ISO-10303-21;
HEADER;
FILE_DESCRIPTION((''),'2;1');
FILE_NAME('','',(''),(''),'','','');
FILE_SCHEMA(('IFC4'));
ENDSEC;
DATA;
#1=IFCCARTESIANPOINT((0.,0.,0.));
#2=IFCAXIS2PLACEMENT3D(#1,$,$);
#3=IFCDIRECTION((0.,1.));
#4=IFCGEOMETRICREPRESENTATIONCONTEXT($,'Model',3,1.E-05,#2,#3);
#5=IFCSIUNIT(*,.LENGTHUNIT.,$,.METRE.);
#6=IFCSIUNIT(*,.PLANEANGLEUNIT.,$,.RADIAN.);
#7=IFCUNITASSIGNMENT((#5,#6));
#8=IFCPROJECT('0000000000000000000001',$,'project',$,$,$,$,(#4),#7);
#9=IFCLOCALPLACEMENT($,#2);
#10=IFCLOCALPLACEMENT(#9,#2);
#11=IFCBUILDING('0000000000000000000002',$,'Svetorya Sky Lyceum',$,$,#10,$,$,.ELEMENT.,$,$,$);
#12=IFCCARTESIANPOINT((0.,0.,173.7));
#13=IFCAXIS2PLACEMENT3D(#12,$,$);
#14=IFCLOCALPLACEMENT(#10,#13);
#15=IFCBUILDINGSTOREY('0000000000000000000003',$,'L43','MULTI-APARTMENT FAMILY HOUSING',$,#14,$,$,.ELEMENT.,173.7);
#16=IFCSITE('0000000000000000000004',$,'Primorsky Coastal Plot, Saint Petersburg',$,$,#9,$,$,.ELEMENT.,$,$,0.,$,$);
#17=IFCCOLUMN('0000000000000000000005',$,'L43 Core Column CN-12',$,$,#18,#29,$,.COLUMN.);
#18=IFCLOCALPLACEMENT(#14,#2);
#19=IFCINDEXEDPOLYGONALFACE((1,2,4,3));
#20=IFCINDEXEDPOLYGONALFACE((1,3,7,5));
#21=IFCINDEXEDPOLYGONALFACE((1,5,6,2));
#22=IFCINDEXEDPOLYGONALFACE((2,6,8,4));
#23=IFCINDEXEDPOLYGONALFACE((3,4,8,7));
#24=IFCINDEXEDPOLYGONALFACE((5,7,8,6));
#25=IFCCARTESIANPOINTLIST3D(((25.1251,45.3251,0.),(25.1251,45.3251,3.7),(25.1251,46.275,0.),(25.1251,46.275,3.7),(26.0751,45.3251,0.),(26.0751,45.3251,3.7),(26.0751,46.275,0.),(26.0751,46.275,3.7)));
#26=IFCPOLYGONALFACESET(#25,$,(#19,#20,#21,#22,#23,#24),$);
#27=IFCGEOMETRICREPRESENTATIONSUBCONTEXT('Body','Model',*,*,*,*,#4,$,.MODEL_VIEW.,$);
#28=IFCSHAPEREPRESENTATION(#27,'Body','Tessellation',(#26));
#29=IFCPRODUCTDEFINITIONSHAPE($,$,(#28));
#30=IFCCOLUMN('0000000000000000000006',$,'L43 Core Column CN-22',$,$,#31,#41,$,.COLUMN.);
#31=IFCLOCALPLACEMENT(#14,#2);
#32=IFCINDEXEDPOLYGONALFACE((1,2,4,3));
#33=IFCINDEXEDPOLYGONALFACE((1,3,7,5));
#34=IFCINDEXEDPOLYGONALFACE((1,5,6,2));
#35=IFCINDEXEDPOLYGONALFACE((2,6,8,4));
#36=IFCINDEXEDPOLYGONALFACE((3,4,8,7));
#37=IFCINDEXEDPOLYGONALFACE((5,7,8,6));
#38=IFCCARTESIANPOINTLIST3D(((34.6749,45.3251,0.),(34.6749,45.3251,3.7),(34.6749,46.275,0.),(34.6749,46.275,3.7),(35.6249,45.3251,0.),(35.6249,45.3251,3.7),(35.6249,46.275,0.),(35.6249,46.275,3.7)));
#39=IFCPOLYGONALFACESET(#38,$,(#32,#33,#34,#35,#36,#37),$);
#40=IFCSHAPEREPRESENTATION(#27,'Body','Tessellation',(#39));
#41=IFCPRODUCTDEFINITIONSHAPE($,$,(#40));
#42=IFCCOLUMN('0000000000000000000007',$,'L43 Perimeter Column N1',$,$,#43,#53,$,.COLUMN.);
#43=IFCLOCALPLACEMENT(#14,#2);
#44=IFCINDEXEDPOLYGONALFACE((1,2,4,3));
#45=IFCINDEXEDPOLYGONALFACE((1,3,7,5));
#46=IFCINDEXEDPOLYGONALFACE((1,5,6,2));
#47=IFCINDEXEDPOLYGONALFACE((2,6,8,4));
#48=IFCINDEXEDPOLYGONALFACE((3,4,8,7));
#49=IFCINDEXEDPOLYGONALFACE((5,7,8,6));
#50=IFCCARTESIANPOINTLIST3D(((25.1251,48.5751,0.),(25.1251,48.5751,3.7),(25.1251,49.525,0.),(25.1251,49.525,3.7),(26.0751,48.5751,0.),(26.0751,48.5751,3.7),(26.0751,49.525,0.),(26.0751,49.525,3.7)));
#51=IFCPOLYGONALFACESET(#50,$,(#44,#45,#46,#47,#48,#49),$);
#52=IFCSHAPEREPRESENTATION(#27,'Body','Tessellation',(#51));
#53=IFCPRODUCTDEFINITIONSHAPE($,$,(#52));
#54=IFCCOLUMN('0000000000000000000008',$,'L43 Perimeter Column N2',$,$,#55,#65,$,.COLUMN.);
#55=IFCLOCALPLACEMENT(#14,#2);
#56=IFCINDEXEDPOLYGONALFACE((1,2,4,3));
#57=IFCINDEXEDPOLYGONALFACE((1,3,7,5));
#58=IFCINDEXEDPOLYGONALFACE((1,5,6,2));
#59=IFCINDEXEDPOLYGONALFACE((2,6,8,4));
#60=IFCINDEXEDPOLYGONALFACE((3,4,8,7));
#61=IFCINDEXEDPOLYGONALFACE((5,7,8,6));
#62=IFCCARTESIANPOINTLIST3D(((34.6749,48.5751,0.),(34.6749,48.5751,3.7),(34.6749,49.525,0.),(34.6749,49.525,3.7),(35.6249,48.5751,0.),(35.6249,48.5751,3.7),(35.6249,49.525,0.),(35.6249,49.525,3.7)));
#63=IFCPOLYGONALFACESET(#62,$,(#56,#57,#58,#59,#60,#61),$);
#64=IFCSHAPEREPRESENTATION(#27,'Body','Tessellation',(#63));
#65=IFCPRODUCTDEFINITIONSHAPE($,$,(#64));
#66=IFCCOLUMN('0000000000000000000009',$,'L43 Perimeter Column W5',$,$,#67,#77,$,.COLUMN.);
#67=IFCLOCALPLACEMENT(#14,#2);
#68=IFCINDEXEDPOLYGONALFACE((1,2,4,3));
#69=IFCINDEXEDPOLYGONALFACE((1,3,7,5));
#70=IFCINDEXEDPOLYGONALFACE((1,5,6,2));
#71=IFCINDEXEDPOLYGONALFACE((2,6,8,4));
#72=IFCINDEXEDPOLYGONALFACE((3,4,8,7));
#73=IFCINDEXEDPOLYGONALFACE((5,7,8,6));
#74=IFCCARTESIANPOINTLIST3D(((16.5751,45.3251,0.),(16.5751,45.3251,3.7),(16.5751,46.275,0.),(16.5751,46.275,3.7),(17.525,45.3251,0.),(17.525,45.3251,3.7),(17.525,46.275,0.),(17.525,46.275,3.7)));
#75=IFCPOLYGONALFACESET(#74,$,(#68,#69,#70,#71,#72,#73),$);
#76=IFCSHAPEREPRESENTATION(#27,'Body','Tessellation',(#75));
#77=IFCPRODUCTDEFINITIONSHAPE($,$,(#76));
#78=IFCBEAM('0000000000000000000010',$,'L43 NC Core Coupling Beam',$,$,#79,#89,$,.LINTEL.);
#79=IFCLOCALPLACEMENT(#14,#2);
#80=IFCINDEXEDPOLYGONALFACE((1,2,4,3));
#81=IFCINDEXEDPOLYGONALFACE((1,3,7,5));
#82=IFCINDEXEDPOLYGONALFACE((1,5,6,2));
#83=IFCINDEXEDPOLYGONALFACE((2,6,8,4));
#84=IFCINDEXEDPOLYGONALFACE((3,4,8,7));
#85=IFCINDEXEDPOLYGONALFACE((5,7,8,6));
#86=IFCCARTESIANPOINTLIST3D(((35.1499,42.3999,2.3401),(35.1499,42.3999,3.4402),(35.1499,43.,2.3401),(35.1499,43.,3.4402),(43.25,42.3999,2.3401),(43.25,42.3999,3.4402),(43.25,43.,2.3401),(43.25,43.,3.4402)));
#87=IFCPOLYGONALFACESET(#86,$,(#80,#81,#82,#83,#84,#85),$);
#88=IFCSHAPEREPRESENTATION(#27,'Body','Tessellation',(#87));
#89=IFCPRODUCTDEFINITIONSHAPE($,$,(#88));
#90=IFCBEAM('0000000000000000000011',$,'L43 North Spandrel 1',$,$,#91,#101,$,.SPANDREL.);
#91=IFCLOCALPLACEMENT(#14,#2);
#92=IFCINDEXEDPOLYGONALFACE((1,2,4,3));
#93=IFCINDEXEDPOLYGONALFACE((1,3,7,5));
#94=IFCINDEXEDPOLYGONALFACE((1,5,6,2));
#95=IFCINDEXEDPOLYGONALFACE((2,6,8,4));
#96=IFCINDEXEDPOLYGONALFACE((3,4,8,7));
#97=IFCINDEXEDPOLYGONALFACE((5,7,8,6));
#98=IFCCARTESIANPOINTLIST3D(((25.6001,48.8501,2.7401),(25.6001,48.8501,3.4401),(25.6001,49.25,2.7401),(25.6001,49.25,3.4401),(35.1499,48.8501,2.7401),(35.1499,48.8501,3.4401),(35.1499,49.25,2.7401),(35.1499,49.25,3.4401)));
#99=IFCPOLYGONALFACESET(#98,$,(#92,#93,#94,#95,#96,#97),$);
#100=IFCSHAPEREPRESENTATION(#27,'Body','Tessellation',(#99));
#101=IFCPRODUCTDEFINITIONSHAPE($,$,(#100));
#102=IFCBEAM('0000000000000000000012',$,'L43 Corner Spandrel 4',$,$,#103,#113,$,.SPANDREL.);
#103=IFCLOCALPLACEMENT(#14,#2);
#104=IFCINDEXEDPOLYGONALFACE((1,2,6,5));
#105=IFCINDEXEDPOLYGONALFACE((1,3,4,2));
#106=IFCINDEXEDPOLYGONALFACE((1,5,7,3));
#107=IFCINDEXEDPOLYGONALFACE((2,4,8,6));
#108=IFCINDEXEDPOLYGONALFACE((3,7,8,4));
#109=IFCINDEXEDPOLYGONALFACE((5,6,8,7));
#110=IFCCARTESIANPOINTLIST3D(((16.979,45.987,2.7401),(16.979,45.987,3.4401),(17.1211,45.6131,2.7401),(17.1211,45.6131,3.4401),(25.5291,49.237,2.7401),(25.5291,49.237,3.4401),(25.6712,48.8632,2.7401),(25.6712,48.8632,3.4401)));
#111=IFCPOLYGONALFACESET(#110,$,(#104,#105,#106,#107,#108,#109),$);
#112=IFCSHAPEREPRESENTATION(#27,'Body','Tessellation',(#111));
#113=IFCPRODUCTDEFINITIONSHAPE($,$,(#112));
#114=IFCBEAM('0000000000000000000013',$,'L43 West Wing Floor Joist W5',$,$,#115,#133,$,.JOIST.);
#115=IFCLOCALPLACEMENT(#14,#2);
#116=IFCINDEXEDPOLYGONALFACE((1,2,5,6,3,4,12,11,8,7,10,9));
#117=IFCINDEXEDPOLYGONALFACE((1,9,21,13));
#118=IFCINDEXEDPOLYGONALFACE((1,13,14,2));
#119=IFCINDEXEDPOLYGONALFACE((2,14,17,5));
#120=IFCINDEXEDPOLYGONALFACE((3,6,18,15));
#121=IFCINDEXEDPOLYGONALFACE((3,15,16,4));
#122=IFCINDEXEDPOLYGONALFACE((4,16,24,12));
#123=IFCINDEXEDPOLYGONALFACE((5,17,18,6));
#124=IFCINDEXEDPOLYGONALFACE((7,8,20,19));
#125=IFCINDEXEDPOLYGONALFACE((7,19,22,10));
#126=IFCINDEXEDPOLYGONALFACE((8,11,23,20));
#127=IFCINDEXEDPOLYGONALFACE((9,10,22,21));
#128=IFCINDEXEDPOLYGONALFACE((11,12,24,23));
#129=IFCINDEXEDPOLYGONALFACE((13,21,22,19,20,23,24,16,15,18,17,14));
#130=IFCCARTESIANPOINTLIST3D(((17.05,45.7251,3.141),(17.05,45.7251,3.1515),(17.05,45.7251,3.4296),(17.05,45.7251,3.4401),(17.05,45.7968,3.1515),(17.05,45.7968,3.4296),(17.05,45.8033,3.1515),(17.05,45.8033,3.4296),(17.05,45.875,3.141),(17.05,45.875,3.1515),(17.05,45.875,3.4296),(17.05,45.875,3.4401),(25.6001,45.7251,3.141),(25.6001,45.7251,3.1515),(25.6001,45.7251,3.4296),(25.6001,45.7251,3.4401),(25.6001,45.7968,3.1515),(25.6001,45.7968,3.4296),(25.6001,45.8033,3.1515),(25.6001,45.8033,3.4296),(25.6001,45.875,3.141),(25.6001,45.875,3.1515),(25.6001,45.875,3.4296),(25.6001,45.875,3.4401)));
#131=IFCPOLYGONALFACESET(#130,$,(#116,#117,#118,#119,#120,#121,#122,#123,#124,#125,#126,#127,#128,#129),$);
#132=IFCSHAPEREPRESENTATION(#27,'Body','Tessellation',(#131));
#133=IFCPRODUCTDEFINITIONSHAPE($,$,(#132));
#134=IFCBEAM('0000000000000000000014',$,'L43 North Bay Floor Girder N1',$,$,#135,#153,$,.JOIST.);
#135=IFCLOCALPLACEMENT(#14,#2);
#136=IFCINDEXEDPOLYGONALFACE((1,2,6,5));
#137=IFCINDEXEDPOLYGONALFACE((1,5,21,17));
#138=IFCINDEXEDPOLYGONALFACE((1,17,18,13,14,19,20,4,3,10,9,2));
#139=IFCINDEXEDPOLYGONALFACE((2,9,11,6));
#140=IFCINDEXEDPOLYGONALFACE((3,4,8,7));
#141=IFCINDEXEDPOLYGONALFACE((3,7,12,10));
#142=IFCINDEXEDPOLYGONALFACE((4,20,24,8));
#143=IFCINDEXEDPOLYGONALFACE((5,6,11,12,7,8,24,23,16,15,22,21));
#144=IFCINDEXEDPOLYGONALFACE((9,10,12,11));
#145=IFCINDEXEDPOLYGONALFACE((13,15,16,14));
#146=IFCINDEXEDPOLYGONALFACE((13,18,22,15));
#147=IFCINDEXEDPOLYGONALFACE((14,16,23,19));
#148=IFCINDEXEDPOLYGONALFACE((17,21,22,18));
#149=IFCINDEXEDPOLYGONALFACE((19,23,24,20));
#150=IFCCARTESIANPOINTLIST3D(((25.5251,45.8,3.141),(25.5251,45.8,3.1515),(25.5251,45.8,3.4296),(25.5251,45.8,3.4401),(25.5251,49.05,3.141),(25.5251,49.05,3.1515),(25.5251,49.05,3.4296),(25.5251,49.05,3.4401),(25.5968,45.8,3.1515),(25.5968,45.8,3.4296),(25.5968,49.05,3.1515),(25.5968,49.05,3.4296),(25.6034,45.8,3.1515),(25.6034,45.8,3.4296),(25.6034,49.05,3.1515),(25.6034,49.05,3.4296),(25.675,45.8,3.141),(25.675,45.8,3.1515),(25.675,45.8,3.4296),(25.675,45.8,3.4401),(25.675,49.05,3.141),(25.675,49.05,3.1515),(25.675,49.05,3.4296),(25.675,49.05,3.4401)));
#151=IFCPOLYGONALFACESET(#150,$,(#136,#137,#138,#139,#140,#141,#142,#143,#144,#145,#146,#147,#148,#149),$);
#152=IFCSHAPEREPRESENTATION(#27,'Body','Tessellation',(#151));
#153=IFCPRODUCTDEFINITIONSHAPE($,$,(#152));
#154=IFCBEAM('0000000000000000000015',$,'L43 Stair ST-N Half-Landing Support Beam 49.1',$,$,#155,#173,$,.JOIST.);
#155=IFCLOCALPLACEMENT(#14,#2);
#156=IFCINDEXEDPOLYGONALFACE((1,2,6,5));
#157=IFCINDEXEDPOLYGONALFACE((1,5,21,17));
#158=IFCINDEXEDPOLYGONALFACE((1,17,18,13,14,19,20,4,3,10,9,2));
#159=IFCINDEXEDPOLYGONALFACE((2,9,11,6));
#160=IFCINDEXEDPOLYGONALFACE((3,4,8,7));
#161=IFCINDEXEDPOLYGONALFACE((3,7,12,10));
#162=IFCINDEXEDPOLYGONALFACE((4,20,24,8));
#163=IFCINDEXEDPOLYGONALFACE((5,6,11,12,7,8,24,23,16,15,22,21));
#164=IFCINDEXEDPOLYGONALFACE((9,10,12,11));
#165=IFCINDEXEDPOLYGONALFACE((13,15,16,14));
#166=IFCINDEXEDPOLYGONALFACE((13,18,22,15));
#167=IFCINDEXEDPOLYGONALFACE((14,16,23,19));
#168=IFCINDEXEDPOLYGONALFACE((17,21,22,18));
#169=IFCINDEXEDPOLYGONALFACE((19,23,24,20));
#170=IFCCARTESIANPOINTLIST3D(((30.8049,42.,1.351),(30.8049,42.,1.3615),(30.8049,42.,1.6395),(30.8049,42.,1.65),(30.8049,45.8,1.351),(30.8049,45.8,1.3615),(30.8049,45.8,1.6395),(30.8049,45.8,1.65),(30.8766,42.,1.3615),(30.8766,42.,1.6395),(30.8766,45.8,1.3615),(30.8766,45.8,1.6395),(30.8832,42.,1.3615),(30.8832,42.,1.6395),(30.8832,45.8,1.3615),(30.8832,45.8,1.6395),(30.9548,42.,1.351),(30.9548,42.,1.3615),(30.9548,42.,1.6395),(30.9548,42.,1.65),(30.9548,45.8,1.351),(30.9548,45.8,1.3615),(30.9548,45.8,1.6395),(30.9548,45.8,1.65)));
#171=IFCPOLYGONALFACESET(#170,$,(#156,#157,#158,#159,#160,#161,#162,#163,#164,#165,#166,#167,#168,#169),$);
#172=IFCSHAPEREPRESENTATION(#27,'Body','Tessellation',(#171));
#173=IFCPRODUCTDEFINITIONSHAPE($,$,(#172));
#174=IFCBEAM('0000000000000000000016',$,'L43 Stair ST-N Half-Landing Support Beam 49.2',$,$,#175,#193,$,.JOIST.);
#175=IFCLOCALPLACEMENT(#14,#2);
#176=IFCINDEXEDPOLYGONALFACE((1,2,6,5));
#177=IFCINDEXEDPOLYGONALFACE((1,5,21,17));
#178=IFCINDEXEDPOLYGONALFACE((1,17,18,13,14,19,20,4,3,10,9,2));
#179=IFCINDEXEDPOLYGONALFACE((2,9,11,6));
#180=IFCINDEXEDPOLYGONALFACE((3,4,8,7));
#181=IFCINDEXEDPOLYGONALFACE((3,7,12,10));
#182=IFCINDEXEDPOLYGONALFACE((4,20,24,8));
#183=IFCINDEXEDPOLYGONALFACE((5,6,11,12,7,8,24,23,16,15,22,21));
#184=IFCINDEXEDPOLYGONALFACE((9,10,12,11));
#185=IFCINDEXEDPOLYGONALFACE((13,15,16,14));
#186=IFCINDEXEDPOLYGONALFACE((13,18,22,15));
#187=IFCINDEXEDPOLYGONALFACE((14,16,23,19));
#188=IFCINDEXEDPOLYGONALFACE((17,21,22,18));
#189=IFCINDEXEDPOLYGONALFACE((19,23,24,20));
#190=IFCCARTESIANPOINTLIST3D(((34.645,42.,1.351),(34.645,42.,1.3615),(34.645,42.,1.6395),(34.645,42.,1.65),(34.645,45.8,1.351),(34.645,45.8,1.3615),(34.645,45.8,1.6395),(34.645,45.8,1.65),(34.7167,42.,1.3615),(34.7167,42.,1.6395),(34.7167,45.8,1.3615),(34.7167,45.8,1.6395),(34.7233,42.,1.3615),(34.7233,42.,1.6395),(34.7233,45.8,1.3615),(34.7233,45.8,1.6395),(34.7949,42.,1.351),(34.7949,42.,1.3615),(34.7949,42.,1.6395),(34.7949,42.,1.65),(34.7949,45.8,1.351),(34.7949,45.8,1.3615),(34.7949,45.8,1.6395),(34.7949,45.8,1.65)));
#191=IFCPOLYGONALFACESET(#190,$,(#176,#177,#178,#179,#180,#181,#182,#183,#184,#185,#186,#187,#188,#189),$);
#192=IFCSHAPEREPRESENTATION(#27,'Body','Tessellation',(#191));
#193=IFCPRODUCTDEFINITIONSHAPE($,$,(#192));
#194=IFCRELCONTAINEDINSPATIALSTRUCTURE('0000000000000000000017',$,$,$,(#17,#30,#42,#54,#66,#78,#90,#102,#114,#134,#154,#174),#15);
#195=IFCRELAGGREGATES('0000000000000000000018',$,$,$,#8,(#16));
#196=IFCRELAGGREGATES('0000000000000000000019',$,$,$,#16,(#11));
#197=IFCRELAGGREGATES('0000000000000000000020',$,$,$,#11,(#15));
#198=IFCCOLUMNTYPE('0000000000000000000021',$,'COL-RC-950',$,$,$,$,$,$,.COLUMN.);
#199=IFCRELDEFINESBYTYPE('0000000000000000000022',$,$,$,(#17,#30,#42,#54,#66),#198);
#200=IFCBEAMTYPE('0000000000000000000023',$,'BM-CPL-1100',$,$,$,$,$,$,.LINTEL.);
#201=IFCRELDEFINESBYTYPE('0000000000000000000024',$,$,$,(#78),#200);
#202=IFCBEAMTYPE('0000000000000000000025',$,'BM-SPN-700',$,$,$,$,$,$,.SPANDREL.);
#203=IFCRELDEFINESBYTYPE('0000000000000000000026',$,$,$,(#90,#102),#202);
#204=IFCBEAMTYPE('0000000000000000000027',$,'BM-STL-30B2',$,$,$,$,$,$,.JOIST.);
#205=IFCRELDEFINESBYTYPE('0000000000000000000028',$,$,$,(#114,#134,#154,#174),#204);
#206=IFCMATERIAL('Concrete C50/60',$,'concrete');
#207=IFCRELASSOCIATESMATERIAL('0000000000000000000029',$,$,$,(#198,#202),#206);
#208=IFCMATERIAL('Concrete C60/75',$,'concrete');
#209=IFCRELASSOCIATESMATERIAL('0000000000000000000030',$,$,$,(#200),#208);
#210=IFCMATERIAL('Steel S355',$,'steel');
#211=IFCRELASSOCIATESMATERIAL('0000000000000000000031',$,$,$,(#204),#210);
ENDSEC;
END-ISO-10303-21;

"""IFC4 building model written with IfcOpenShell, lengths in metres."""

from ifc_helpers import new_model, si_unit, direction, frame, origin, origin_2d, place, context, subcontext, project, spatial, rectangle, i_section, extrude, material, material_profile, profile_set, type_object, element, save


model = new_model("IFC4")

# Units and contexts
model_context = context("Model", 3, precision=1e-05, world=origin(), true_north=direction((0.0, 1.0)))
body_context = subcontext(model_context, "Body", "Model", "MODEL_VIEW")
ifc_project = project(units=[si_unit("LENGTHUNIT", "METRE"), si_unit("PLANEANGLEUNIT", "RADIAN")], contexts=[model_context])

# Site, building, storey
site_placement = place(None, origin())
site = spatial("IfcSite", under=ifc_project, at=site_placement, Name="Primorsky Coastal Plot, Saint Petersburg", CompositionType="ELEMENT", RefElevation=0.0)
building_placement = place(site_placement, origin())
building = spatial("IfcBuilding", under=site, at=building_placement, Name="Svetorya Sky Lyceum", CompositionType="ELEMENT")
storey_placement = place(building_placement, frame((0.0, 0.0, 173.7)))
storey = spatial("IfcBuildingStorey", under=building, at=storey_placement, Name="L43", Description="MULTI-APARTMENT FAMILY HOUSING", CompositionType="ELEMENT", Elevation=173.7)

# Columns
ifc_material_1 = material(Name="Concrete C50/60", Category="concrete")
ifc_material_profile_1 = material_profile(ifc_material_1, rectangle(XDim=0.95, YDim=0.95, at=origin_2d()), Name="RC COL 950x950")
ifc_profile_set_1 = profile_set([ifc_material_profile_1], Name="Concrete C50/60")
column_type = type_object("IfcColumnType", Name="COL-RC-950", PredefinedType="COLUMN", material=ifc_profile_set_1)
for number, where, z_axis, x_axis, name in (
    (1, (25.6001, 45.8, 0.0), (0.0, 0.0, 1.0), (1.0, 0.0, 0.0), "L43 Core Column CN-12"),
    (2, (35.1499, 45.8, 0.0), (0.0, 0.0, 1.0), (1.0, 0.0, 0.0), "L43 Core Column CN-22"),
    (3, (25.6001, 49.05, 0.0), (0.0, 0.0, 1.0), (1.0, 0.0, 0.0), "L43 Perimeter Column N1"),
    (4, (35.1499, 49.05, 0.0), (0.0, 0.0, 1.0), (1.0, 0.0, 0.0), "L43 Perimeter Column N2"),
    (5, (17.05, 45.8, 0.0), (0.0, 0.0, 1.0), (1.0, 0.0, 0.0), "L43 Perimeter Column W5"),
):
    element("IfcColumn", number, at=place(storey_placement, frame(where, z_axis=z_axis, x_axis=x_axis)), inside=storey, type_object=column_type, Name=name, PredefinedType="COLUMN", context=body_context, shape_type="SweptSolid", body=[
        extrude(rectangle(XDim=0.95, YDim=0.95, at=origin_2d()), origin(), (0.0, 0.0, 1.0), 3.7),
    ])

# Beams
ifc_material_2 = material(Name="Concrete C60/75", Category="concrete")
ifc_material_profile_2 = material_profile(ifc_material_2, rectangle(XDim=0.6001, YDim=1.1001, at=origin_2d()), Name="RC COUPLING 600x1100")
ifc_profile_set_2 = profile_set([ifc_material_profile_2], Name="Concrete C60/75")
beam_type_1 = type_object("IfcBeamType", Name="BM-CPL-1100", PredefinedType="LINTEL", material=ifc_profile_set_2)
beam_1_placement = place(storey_placement, frame((35.1499, 42.7, 2.8901), z_axis=(1.0, 0.0, 0.0), x_axis=(0.0, 1.0, 0.0)))
element("IfcBeam", 6, at=beam_1_placement, inside=storey, type_object=beam_type_1, Name="L43 NC Core Coupling Beam", PredefinedType="LINTEL", context=body_context, shape_type="SweptSolid", body=[
    extrude(rectangle(XDim=0.6001, YDim=1.1001, at=origin_2d()), origin(), (0.0, 0.0, 1.0), 8.1001),
])
ifc_material_profile_3 = material_profile(ifc_material_1, rectangle(XDim=0.3999, YDim=0.7, at=origin_2d()), Name="RC SPANDREL 400x700")
ifc_profile_set_3 = profile_set([ifc_material_profile_3], Name="Concrete C50/60")
beam_type_2 = type_object("IfcBeamType", Name="BM-SPN-700", PredefinedType="SPANDREL", material=ifc_profile_set_3)
beam_2_placement = place(storey_placement, frame((25.6001, 49.05, 3.0901), z_axis=(1.0, 0.0, 0.0), x_axis=(0.0, 1.0, 0.0)))
element("IfcBeam", 7, at=beam_2_placement, inside=storey, type_object=beam_type_2, Name="L43 North Spandrel 1", PredefinedType="SPANDREL", context=body_context, shape_type="SweptSolid", body=[
    extrude(rectangle(XDim=0.3999, YDim=0.7, at=origin_2d()), origin(), (0.0, 0.0, 1.0), 9.5498),
])
beam_3_placement = place(storey_placement, frame((17.05, 45.8, 3.0901), z_axis=(0.934748, 0.355312, 0.0), x_axis=(-0.355312, 0.934748, 0.0)))
element("IfcBeam", 8, at=beam_3_placement, inside=storey, type_object=beam_type_2, Name="L43 Corner Spandrel 4", PredefinedType="SPANDREL", context=body_context, shape_type="SweptSolid", body=[
    extrude(rectangle(XDim=0.3999, YDim=0.7, at=origin_2d()), origin(), (0.0, 0.0, 1.0), 9.147),
])
ifc_material_3 = material(Name="Steel S355", Category="steel")
ifc_material_profile_4 = material_profile(ifc_material_3, i_section(OverallWidth=0.1499, OverallDepth=0.2991, WebThickness=0.0066, FlangeThickness=0.0105, at=origin_2d()), Name="GOST 30B2")
ifc_profile_set_4 = profile_set([ifc_material_profile_4], Name="Steel S355")
beam_type_3 = type_object("IfcBeamType", Name="BM-STL-30B2", PredefinedType="JOIST", material=ifc_profile_set_4)
beam_4_placement = place(storey_placement, frame((17.05, 45.8, 3.2905), z_axis=(1.0, 0.0, 0.0), x_axis=(0.0, 1.0, 0.0)))
element("IfcBeam", 9, at=beam_4_placement, inside=storey, type_object=beam_type_3, Name="L43 West Wing Floor Joist W5", PredefinedType="JOIST", context=body_context, shape_type="SweptSolid", body=[
    extrude(i_section(OverallWidth=0.1499, OverallDepth=0.2991, WebThickness=0.0066, FlangeThickness=0.0105, at=origin_2d()), origin(), (0.0, 0.0, 1.0), 8.55),
])
beam_5_placement = place(storey_placement, frame((25.6001, 45.8, 3.2905), z_axis=(0.0, 1.0, 0.0), x_axis=(-1.0, 0.0, 0.0)))
element("IfcBeam", 10, at=beam_5_placement, inside=storey, type_object=beam_type_3, Name="L43 North Bay Floor Girder N1", PredefinedType="JOIST", context=body_context, shape_type="SweptSolid", body=[
    extrude(i_section(OverallWidth=0.1499, OverallDepth=0.2991, WebThickness=0.0066, FlangeThickness=0.0105, at=origin_2d()), origin(), (0.0, 0.0, 1.0), 3.25),
])
for number, where, z_axis, x_axis, name in (
    (11, (30.8799, 42.0, 1.5005), (0.0, 1.0, 0.0), (-1.0, 0.0, 0.0), "L43 Stair ST-N Half-Landing Support Beam 49.1"),
    (12, (34.72, 42.0, 1.5005), (0.0, 1.0, 0.0), (-1.0, 0.0, 0.0), "L43 Stair ST-N Half-Landing Support Beam 49.2"),
):
    element("IfcBeam", number, at=place(storey_placement, frame(where, z_axis=z_axis, x_axis=x_axis)), inside=storey, type_object=beam_type_3, Name=name, PredefinedType="JOIST", context=body_context, shape_type="SweptSolid", body=[
        extrude(i_section(OverallWidth=0.1499, OverallDepth=0.2991, WebThickness=0.0066, FlangeThickness=0.0105, at=origin_2d()), origin(), (0.0, 0.0, 1.0), 3.8),
    ])

save(model, "model.ifc")
